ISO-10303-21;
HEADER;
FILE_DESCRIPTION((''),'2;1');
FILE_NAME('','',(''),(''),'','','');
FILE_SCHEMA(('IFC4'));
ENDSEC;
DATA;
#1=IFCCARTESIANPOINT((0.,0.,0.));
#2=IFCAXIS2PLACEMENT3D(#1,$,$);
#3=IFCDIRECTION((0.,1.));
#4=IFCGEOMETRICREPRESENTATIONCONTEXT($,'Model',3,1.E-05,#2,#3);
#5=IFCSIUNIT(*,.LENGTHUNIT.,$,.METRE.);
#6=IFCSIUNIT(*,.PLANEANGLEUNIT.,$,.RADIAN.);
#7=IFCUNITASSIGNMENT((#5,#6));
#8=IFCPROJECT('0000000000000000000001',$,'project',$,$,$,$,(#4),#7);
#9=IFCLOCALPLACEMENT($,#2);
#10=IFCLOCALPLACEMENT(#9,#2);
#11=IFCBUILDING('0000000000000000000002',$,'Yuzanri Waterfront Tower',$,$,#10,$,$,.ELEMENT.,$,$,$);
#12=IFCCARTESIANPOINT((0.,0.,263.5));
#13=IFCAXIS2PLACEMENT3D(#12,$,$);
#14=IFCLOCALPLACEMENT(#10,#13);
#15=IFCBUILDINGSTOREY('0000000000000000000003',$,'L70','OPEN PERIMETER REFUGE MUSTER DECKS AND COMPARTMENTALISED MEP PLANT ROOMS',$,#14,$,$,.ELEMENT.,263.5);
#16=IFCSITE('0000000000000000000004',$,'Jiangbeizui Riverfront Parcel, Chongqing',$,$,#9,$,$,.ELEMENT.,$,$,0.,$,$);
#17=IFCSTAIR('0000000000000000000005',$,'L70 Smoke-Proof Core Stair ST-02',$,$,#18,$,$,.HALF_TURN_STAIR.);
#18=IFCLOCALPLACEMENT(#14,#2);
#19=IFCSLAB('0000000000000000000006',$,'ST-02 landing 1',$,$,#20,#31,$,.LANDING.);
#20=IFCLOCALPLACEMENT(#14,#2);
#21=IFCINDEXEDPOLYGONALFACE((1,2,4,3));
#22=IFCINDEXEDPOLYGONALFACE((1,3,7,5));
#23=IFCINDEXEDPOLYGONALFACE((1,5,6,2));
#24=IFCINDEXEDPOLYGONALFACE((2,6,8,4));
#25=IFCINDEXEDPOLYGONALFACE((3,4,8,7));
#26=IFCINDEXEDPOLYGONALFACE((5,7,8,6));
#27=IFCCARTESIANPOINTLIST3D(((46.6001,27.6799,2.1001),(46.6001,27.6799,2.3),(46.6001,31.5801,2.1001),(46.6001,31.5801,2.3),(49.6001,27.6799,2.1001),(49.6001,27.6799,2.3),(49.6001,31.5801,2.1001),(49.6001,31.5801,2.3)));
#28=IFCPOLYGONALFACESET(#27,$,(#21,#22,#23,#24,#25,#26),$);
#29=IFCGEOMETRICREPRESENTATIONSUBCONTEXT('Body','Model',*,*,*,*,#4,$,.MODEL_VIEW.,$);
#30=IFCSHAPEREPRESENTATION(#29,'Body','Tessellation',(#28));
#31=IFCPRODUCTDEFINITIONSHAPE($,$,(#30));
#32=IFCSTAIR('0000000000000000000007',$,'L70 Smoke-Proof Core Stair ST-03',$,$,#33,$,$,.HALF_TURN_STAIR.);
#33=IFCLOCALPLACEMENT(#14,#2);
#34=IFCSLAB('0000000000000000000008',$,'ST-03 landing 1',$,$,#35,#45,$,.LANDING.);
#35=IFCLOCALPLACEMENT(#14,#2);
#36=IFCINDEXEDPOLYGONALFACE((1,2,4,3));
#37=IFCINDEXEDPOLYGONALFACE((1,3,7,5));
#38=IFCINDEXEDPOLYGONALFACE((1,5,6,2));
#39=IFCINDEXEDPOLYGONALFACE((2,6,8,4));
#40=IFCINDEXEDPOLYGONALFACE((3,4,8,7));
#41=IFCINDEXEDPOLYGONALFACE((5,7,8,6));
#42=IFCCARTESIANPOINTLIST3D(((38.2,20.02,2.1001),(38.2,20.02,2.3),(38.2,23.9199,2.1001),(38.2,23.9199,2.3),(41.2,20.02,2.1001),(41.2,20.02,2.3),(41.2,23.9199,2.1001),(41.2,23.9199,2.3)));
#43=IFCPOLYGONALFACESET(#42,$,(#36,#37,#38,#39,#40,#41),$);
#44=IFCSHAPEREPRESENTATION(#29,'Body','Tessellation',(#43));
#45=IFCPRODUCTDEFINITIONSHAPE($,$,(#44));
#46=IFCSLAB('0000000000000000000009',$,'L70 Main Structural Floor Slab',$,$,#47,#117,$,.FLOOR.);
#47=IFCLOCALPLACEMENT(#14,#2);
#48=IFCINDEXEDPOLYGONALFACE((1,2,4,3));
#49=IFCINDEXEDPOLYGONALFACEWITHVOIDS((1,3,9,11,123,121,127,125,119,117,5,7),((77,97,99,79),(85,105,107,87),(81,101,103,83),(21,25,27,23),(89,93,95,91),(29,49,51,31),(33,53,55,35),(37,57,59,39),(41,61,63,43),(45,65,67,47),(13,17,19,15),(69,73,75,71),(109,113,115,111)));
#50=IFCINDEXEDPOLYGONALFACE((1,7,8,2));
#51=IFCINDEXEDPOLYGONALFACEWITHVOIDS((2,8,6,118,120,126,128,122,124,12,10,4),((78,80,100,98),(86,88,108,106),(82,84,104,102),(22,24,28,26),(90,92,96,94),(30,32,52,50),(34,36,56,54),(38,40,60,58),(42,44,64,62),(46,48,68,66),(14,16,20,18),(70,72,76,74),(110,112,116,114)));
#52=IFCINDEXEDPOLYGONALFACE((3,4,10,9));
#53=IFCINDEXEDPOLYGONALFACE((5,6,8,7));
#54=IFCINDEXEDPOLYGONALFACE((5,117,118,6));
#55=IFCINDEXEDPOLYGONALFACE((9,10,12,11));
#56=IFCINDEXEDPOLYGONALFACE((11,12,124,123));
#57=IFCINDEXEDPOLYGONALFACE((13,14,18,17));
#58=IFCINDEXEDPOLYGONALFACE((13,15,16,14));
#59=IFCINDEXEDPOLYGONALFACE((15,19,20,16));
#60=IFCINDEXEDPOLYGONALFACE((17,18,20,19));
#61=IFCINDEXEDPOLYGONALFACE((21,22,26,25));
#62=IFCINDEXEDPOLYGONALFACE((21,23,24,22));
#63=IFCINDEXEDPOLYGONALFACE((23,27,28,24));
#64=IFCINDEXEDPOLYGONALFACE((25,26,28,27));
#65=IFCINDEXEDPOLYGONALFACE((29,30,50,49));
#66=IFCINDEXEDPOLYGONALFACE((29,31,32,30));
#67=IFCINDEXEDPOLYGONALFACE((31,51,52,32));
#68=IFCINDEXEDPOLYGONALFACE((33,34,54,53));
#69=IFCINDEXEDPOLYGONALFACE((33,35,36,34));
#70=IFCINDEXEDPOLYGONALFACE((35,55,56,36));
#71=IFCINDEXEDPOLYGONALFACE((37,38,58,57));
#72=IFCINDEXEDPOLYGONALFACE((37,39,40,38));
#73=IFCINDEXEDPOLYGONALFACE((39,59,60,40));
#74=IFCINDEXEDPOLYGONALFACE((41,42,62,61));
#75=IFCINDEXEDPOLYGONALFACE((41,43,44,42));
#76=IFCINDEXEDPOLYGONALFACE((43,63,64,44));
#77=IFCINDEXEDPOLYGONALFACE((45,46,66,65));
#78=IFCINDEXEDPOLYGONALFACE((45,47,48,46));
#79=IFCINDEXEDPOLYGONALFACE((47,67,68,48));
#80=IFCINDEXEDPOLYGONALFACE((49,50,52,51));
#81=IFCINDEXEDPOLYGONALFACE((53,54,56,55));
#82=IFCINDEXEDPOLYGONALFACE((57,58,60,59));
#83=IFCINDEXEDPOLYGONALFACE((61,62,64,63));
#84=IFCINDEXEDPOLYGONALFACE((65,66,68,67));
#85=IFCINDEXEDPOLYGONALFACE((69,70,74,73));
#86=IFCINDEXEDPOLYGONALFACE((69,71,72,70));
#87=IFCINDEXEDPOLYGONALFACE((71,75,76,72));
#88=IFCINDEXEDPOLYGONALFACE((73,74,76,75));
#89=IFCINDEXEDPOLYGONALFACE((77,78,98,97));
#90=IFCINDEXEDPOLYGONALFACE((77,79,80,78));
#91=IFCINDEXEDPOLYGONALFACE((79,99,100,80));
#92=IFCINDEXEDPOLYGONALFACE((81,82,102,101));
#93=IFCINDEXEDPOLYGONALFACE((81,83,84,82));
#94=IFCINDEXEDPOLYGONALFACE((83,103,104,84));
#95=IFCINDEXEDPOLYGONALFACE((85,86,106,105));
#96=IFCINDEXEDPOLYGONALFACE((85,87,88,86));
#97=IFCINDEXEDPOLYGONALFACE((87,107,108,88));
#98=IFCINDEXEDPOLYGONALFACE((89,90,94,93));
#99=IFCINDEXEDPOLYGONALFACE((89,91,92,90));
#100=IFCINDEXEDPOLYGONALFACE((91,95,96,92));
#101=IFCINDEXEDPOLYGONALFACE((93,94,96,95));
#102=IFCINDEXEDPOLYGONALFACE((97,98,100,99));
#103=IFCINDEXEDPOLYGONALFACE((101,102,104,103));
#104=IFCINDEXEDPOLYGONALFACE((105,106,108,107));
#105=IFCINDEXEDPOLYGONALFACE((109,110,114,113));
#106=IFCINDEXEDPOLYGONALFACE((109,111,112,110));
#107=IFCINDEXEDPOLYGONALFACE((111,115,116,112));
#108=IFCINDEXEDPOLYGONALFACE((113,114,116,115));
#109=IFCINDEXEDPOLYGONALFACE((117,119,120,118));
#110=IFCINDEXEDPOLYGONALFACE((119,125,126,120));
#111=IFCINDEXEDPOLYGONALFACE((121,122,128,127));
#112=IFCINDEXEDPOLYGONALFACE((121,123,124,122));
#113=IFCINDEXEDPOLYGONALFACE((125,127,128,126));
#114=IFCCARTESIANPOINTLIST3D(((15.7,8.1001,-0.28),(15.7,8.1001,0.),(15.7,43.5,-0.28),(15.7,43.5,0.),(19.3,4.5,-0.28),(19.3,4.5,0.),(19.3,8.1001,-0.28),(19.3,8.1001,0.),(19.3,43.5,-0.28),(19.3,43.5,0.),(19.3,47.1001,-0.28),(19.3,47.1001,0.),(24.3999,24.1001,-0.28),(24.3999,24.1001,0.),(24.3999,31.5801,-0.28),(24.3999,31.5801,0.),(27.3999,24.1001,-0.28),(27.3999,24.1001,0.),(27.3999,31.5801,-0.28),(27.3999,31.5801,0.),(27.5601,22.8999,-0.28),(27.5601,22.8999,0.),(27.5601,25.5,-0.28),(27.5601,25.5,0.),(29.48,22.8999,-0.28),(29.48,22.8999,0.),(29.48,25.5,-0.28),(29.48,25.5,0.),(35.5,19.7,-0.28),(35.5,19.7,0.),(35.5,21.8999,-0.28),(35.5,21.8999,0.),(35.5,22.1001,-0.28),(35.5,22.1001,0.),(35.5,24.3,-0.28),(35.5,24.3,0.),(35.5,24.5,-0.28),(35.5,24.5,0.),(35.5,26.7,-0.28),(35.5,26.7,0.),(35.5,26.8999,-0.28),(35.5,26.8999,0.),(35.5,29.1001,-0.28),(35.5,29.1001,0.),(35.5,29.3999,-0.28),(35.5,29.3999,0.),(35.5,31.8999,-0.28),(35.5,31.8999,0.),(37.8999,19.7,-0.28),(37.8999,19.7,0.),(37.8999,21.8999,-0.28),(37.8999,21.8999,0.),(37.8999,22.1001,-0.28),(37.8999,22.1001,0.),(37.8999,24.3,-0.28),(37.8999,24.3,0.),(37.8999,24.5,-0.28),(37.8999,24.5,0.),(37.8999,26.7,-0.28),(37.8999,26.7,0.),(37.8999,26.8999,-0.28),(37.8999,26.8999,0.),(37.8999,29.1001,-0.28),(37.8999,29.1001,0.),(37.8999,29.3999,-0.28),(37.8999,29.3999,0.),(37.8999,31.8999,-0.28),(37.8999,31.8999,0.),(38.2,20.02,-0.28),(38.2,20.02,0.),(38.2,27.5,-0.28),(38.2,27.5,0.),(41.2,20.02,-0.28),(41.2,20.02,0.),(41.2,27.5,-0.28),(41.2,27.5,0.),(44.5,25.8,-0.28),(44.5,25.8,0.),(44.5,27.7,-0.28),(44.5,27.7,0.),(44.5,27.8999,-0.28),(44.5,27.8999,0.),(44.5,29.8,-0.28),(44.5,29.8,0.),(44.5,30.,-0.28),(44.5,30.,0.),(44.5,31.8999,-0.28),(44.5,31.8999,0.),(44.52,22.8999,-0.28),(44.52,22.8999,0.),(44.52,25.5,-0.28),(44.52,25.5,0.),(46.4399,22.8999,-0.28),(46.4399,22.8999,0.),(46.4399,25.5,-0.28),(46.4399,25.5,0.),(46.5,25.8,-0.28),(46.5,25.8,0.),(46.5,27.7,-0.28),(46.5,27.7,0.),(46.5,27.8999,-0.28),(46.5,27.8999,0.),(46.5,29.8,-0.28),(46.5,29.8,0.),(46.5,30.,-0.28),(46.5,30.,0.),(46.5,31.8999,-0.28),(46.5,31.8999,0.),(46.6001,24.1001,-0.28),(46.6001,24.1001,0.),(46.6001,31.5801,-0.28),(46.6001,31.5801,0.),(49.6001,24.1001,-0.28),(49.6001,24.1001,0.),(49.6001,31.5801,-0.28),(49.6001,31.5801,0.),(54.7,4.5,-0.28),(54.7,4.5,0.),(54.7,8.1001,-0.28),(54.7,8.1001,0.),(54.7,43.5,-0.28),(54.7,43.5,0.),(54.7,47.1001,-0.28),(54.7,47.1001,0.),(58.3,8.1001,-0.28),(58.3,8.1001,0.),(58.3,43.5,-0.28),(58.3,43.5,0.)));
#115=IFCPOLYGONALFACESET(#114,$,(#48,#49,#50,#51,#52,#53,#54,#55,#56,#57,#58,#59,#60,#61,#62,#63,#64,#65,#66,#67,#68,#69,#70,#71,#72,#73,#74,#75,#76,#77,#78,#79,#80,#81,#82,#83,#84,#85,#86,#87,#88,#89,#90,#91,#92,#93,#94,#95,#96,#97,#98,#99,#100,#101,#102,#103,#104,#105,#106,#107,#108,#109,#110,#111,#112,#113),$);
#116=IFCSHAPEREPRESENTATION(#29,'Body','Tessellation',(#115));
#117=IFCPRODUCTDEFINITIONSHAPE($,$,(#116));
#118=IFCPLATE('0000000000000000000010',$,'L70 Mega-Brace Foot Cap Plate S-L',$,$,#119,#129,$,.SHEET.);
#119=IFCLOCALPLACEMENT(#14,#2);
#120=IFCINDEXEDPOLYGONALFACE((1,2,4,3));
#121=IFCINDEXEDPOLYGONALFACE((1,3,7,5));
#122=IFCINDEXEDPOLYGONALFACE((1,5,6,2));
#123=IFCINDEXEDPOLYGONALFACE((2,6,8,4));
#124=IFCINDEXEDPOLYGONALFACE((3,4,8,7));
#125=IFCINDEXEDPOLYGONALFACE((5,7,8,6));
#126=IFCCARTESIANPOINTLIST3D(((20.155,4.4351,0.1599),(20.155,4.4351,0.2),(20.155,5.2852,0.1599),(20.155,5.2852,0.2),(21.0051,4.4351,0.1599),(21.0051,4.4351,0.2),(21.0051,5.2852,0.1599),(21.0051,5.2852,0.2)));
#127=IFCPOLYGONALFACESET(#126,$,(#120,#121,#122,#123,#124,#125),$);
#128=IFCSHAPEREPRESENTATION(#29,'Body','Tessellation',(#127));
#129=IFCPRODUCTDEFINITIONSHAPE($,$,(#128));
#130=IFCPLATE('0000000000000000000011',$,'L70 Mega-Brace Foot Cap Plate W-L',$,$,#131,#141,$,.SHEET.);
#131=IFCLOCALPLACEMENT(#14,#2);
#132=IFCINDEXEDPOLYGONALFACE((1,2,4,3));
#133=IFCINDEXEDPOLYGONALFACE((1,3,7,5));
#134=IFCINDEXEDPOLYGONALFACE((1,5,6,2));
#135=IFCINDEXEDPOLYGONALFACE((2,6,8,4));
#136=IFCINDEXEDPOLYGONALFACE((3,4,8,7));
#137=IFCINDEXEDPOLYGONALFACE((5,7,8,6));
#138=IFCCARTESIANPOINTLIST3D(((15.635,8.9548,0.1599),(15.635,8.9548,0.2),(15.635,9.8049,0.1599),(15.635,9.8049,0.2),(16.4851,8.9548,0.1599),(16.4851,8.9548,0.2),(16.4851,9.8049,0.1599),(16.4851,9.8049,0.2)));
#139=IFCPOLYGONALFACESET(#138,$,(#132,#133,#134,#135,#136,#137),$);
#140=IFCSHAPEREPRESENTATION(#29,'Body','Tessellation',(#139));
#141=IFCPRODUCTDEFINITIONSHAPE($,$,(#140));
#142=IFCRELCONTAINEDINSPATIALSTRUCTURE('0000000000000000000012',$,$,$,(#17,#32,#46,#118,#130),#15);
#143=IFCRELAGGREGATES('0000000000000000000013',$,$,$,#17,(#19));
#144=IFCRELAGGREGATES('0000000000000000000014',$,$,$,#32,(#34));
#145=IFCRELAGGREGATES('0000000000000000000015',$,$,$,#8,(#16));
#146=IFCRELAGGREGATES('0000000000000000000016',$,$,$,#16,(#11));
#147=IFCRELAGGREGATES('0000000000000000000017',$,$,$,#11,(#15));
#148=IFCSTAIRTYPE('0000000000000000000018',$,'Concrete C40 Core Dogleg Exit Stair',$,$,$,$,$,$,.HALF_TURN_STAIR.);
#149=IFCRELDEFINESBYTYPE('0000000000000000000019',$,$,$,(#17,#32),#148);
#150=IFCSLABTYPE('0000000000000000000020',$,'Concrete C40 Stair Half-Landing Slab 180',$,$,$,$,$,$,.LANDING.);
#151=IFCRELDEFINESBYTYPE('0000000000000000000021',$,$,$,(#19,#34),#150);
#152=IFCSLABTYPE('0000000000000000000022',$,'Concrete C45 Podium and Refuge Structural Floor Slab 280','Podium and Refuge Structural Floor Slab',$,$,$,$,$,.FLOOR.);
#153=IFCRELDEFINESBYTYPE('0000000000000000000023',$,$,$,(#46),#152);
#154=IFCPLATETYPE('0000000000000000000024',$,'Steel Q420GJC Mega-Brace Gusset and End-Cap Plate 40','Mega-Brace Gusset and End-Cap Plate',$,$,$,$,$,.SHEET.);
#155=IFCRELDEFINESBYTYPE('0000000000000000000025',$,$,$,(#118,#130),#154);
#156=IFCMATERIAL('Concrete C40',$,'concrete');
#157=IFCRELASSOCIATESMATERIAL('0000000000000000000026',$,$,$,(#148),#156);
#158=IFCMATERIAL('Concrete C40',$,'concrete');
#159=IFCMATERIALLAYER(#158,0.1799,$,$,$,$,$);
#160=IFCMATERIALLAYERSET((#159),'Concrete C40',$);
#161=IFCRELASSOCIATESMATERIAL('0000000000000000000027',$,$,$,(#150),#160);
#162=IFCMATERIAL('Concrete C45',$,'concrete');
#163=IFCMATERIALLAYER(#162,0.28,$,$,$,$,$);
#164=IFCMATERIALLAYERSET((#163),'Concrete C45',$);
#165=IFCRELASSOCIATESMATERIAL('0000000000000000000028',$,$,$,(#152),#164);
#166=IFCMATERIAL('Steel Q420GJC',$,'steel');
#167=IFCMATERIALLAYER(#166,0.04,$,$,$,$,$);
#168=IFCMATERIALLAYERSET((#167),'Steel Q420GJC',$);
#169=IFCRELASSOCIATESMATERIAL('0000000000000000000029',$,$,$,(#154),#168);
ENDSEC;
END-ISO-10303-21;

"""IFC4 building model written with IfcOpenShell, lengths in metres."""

from ifc_helpers import new_model, si_unit, direction, frame, origin, origin_2d, place, context, subcontext, project, spatial, polyline, rectangle, outline, extrude, source, transform, mapped, material, layer, layer_set, type_object, element, aggregate, save


model = new_model("IFC4")

# Units and contexts
model_context = context("Model", 3, precision=1e-05, world=origin(), true_north=direction((0.0, 1.0)))
body_context = subcontext(model_context, "Body", "Model", "MODEL_VIEW")
ifc_project = project(units=[si_unit("LENGTHUNIT", "METRE"), si_unit("PLANEANGLEUNIT", "RADIAN")], contexts=[model_context])

# Site, building, storey
site_placement = place(None, origin())
site = spatial("IfcSite", under=ifc_project, at=site_placement, Name="Jiangbeizui Riverfront Parcel, Chongqing", CompositionType="ELEMENT", RefElevation=0.0)
building_placement = place(site_placement, origin())
building = spatial("IfcBuilding", under=site, at=building_placement, Name="Yuzanri Waterfront Tower", CompositionType="ELEMENT")
storey_placement = place(building_placement, frame((0.0, 0.0, 263.5)))
storey = spatial("IfcBuildingStorey", under=building, at=storey_placement, Name="L70", Description="OPEN PERIMETER REFUGE MUSTER DECKS AND COMPARTMENTALISED MEP PLANT ROOMS", CompositionType="ELEMENT", Elevation=263.5)

# Stairs, slabs
ifc_material_1 = material(Name="Concrete C40", Category="concrete")
stair_type = type_object("IfcStairType", Name="Concrete C40 Core Dogleg Exit Stair", PredefinedType="HALF_TURN_STAIR", material=ifc_material_1)
ifc_material_2 = material(Name="Concrete C40", Category="concrete")
ifc_layer_1 = layer(ifc_material_2, 0.1799)
ifc_layer_set_1 = layer_set([ifc_layer_1], Name="Concrete C40")
slab_type_1 = type_object("IfcSlabType", Name="Concrete C40 Stair Half-Landing Slab 180", PredefinedType="LANDING", material=ifc_layer_set_1)
stair_1_placement = place(storey_placement, origin())
stair_1 = element("IfcStair", 1, at=stair_1_placement, inside=storey, type_object=stair_type, Name="L70 Smoke-Proof Core Stair ST-02", PredefinedType="HALF_TURN_STAIR")
slab_1_placement = place(storey_placement, frame((0.0, 0.0, 2.1001)))
slab_1 = element("IfcSlab", 2, at=slab_1_placement, type_object=slab_type_1, Name="ST-02 landing 1", PredefinedType="LANDING", context=body_context, shape_type="SweptSolid", body=[
    extrude(outline(polyline([(49.6001, 27.6799), (49.6001, 31.5801), (46.6001, 31.5801), (46.6001, 27.6799), (49.6001, 27.6799)])), origin(), (0.0, 0.0, 1.0), 0.2),
])
aggregate(stair_1, [slab_1])
stair_2_placement = place(storey_placement, origin())
stair_2 = element("IfcStair", 3, at=stair_2_placement, inside=storey, type_object=stair_type, Name="L70 Smoke-Proof Core Stair ST-03", PredefinedType="HALF_TURN_STAIR")
slab_2_placement = place(storey_placement, frame((0.0, 0.0, 2.1001)))
slab_2 = element("IfcSlab", 4, at=slab_2_placement, type_object=slab_type_1, Name="ST-03 landing 1", PredefinedType="LANDING", context=body_context, shape_type="SweptSolid", body=[
    extrude(outline(polyline([(38.2, 23.9199), (38.2, 20.02), (41.2, 20.02), (41.2, 23.9199), (38.2, 23.9199)])), origin(), (0.0, 0.0, 1.0), 0.2),
])
aggregate(stair_2, [slab_2])

# Slab
ifc_material_3 = material(Name="Concrete C45", Category="concrete")
ifc_layer_2 = layer(ifc_material_3, 0.28)
ifc_layer_set_2 = layer_set([ifc_layer_2], Name="Concrete C45")
slab_type_2 = type_object("IfcSlabType", Name="Concrete C45 Podium and Refuge Structural Floor Slab 280", Description="Podium and Refuge Structural Floor Slab", PredefinedType="FLOOR", material=ifc_layer_set_2)
slab_3_placement = place(storey_placement, frame((0.0, 0.0, -0.28)))
element("IfcSlab", 5, at=slab_3_placement, inside=storey, type_object=slab_type_2, Name="L70 Main Structural Floor Slab", PredefinedType="FLOOR", context=body_context, shape_type="SweptSolid", body=[
    extrude(outline(polyline([(19.3, 4.5), (54.7, 4.5), (54.7, 8.1001), (58.3, 8.1001), (58.3, 43.5), (54.7, 43.5), (54.7, 47.1001), (19.3, 47.1001), (19.3, 43.5), (15.7, 43.5), (15.7, 8.1001), (19.3, 8.1001), (19.3, 4.5)]), holes=[polyline([(27.3999, 24.1001), (27.3999, 31.5801), (24.3999, 31.5801), (24.3999, 24.1001), (27.3999, 24.1001)]), polyline([(49.6001, 24.1001), (49.6001, 31.5801), (46.6001, 31.5801), (46.6001, 24.1001), (49.6001, 24.1001)]), polyline([(38.2, 27.5), (38.2, 20.02), (41.2, 20.02), (41.2, 27.5), (38.2, 27.5)]), polyline([(27.5601, 22.8999), (29.48, 22.8999), (29.48, 25.5), (27.5601, 25.5), (27.5601, 22.8999)]), polyline([(44.52, 22.8999), (46.4399, 22.8999), (46.4399, 25.5), (44.52, 25.5), (44.52, 22.8999)]), polyline([(35.5, 19.7), (37.8999, 19.7), (37.8999, 21.8999), (35.5, 21.8999), (35.5, 19.7)]), polyline([(35.5, 22.1001), (37.8999, 22.1001), (37.8999, 24.3), (35.5, 24.3), (35.5, 22.1001)]), polyline([(35.5, 24.5), (37.8999, 24.5), (37.8999, 26.7), (35.5, 26.7), (35.5, 24.5)]), polyline([(35.5, 26.8999), (37.8999, 26.8999), (37.8999, 29.1001), (35.5, 29.1001), (35.5, 26.8999)]), polyline([(35.5, 29.3999), (37.8999, 29.3999), (37.8999, 31.8999), (35.5, 31.8999), (35.5, 29.3999)]), polyline([(44.5, 25.8), (46.5, 25.8), (46.5, 27.7), (44.5, 27.7), (44.5, 25.8)]), polyline([(44.5, 27.8999), (46.5, 27.8999), (46.5, 29.8), (44.5, 29.8), (44.5, 27.8999)]), polyline([(44.5, 30.0), (46.5, 30.0), (46.5, 31.8999), (44.5, 31.8999), (44.5, 30.0)])]), origin(), (0.0, 0.0, 1.0), 0.28),
])

# Plates
ifc_material_4 = material(Name="Steel Q420GJC", Category="steel")
ifc_layer_3 = layer(ifc_material_4, 0.04)
ifc_layer_set_3 = layer_set([ifc_layer_3], Name="Steel Q420GJC")
plate_type = type_object("IfcPlateType", Name="Steel Q420GJC Mega-Brace Gusset and End-Cap Plate 40", Description="Mega-Brace Gusset and End-Cap Plate", PredefinedType="SHEET", material=ifc_layer_set_3)
shared_shape_1 = source(origin(), body_context, "Body", "SweptSolid", [
    extrude(rectangle(XDim=0.8501, YDim=0.8501, at=origin_2d()), origin(), (0.0, 0.0, 1.0), 0.04),
])
for number, where, z_axis, x_axis, name in (
    (6, (20.5801, 4.8601, 0.1599), (0.0, 0.0, 1.0), (1.0, 0.0, 0.0), "L70 Mega-Brace Foot Cap Plate S-L"),
    (7, (16.0601, 9.3799, 0.1599), (0.0, 0.0, 1.0), (1.0, 0.0, 0.0), "L70 Mega-Brace Foot Cap Plate W-L"),
):
    element("IfcPlate", number, at=place(storey_placement, frame(where, z_axis=z_axis, x_axis=x_axis)), inside=storey, type_object=plate_type, Name=name, PredefinedType="SHEET", context=body_context, shape_type="MappedRepresentation", body=[
        mapped(shared_shape_1, transform((0.0, 0.0, 0.0), scale=1.0)),
    ])

save(model, "model.ifc")
